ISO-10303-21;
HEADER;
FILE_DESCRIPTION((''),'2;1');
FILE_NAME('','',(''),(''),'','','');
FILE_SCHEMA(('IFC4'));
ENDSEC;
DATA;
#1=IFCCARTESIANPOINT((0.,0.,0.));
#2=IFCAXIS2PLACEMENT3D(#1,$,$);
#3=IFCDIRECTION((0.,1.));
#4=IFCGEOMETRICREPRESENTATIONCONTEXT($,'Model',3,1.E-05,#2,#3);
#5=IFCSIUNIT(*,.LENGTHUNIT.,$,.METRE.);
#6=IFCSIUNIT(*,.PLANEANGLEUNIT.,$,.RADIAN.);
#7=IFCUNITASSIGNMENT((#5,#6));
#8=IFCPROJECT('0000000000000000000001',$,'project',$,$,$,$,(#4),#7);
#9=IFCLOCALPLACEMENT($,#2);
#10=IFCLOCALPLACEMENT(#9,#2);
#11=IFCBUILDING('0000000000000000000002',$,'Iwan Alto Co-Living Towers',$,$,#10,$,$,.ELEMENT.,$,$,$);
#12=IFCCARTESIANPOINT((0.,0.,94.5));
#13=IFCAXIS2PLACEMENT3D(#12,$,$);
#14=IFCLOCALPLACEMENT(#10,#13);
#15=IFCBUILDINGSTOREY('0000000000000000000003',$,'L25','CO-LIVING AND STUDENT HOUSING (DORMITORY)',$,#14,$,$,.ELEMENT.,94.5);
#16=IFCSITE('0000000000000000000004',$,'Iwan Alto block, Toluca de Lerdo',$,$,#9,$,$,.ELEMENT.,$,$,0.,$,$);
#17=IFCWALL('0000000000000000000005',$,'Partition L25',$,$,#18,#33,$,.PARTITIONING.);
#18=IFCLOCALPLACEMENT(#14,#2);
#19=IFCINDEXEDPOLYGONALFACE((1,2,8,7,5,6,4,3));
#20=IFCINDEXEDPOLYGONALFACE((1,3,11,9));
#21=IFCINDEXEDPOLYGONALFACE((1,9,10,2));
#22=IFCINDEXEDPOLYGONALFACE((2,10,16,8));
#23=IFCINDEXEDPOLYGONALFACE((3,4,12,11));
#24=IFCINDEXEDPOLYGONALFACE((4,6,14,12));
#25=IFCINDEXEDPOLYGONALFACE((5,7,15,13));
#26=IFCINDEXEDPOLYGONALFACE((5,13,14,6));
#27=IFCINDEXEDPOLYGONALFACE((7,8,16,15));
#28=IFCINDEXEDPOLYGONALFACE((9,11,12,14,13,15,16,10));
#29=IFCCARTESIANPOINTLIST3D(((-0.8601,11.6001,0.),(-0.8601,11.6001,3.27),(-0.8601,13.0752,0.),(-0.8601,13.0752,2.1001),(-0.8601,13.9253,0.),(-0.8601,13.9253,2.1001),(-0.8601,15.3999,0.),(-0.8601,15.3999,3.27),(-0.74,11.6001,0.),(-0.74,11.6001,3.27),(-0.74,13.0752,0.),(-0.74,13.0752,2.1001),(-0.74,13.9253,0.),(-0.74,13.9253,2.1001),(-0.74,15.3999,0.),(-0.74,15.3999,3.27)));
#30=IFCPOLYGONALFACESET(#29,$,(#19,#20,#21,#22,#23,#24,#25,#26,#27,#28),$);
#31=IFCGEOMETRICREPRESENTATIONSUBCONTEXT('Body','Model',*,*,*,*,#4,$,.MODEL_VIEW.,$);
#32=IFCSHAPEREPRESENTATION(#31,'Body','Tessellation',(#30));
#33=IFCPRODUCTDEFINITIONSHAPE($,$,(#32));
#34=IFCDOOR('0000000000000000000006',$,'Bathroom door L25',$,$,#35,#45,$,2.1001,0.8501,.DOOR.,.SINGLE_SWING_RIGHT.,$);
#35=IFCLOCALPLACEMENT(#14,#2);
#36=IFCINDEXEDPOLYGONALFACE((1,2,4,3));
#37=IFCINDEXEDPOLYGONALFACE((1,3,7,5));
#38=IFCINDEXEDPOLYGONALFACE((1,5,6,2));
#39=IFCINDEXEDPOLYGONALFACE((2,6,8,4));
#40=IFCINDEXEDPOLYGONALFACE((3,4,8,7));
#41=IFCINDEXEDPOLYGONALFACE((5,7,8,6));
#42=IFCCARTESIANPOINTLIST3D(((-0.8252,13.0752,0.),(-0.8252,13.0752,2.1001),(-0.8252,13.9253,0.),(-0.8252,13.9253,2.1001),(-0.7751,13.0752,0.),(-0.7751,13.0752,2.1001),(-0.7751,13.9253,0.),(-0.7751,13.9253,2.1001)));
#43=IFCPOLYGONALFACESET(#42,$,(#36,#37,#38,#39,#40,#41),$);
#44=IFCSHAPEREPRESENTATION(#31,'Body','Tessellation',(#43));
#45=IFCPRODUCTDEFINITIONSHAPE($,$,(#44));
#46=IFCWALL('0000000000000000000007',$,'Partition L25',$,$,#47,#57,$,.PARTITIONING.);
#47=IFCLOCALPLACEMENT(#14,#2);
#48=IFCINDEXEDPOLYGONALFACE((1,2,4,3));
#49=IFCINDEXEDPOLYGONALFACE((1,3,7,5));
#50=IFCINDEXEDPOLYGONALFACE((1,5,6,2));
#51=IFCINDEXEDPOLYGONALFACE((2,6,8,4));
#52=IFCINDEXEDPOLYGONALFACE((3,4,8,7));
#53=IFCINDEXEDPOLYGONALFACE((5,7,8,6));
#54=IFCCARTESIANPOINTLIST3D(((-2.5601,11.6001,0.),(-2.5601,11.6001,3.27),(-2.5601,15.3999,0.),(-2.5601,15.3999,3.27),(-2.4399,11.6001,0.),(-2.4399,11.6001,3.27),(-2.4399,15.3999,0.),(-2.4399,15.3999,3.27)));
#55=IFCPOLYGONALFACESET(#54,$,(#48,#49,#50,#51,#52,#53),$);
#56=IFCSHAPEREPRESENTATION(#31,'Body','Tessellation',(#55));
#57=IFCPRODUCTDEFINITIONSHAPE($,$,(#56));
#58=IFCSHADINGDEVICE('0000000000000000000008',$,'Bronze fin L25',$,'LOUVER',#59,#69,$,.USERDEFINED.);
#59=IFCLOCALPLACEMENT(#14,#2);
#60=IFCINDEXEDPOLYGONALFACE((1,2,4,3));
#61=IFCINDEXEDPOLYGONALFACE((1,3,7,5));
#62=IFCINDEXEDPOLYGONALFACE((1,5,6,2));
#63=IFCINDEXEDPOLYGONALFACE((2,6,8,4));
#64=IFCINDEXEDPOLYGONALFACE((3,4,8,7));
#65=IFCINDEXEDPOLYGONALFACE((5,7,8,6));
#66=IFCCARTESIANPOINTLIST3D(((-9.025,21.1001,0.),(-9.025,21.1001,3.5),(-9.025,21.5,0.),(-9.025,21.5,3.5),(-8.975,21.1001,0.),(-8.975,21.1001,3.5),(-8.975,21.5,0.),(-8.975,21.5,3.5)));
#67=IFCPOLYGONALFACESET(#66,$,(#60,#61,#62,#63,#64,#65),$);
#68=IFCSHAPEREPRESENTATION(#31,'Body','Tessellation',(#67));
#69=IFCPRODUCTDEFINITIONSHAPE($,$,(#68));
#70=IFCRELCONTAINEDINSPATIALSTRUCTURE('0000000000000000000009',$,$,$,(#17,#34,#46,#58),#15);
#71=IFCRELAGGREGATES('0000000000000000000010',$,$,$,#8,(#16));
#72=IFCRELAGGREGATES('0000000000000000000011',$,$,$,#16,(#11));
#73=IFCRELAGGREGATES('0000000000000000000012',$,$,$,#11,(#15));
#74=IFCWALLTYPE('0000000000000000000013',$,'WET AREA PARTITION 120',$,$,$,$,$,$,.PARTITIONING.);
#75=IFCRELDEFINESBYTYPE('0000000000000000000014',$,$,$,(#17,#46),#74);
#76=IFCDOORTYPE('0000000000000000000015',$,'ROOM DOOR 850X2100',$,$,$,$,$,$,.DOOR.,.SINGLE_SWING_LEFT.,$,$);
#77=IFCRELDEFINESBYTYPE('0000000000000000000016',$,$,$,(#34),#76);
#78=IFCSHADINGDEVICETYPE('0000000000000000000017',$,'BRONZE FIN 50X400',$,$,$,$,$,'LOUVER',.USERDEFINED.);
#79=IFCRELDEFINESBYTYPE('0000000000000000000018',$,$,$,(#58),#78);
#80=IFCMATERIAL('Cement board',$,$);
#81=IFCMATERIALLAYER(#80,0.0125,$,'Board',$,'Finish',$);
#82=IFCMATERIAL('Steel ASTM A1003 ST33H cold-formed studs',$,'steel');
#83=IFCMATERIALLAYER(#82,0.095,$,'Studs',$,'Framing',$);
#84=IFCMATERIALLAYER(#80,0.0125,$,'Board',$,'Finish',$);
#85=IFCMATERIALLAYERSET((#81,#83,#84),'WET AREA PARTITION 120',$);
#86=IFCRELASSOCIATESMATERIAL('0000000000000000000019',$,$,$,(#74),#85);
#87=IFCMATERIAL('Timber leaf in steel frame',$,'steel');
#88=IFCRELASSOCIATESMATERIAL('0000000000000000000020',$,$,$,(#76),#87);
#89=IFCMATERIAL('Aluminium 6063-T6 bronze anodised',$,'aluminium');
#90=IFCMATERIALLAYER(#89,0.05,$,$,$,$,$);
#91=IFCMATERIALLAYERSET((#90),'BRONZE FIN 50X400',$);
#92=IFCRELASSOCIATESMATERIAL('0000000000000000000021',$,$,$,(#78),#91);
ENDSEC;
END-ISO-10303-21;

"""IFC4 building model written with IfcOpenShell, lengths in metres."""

from ifc_helpers import new_model, si_unit, direction, frame, frame_2d, origin, origin_2d, place, context, subcontext, project, spatial, rectangle, extrude, material, layer, layer_set, type_object, element, fill, save


model = new_model("IFC4")

# Units and contexts
model_context = context("Model", 3, precision=1e-05, world=origin(), true_north=direction((0.0, 1.0)))
body_context = subcontext(model_context, "Body", "Model", "MODEL_VIEW")
ifc_project = project(units=[si_unit("LENGTHUNIT", "METRE"), si_unit("PLANEANGLEUNIT", "RADIAN")], contexts=[model_context])

# Site, building, storey
site_placement = place(None, origin())
site = spatial("IfcSite", under=ifc_project, at=site_placement, Name="Iwan Alto block, Toluca de Lerdo", CompositionType="ELEMENT", RefElevation=0.0)
building_placement = place(site_placement, origin())
building = spatial("IfcBuilding", under=site, at=building_placement, Name="Iwan Alto Co-Living Towers", CompositionType="ELEMENT")
storey_placement = place(building_placement, frame((0.0, 0.0, 94.5)))
storey = spatial("IfcBuildingStorey", under=building, at=storey_placement, Name="L25", Description="CO-LIVING AND STUDENT HOUSING (DORMITORY)", CompositionType="ELEMENT", Elevation=94.5)

# Shared definitions
ifc_material_1 = material(Name="Steel ASTM A1003 ST33H cold-formed studs", Category="steel")

# Wall, opening, door
ifc_material_2 = material(Name="Cement board")
ifc_layer_1 = layer(ifc_material_2, 0.0125, Name="Board", Category="Finish")
ifc_layer_2 = layer(ifc_material_1, 0.095, Name="Studs", Category="Framing")
ifc_layer_3 = layer(ifc_material_2, 0.0125, Name="Board", Category="Finish")
ifc_layer_set_1 = layer_set([ifc_layer_1, ifc_layer_2, ifc_layer_3], Name="WET AREA PARTITION 120")
wall_type_1 = type_object("IfcWallType", Name="WET AREA PARTITION 120", PredefinedType="PARTITIONING", material=ifc_layer_set_1)
ifc_material_3 = material(Name="Timber leaf in steel frame", Category="steel")
door_type_1 = type_object("IfcDoorType", Name="ROOM DOOR 850X2100", OperationType="SINGLE_SWING_LEFT", PredefinedType="DOOR", material=ifc_material_3)
wall_1_placement = place(storey_placement, frame((-0.8, 11.6001, 0.0), z_axis=(0.0, 0.0, 1.0), x_axis=(0.0, 1.0, 0.0)))
wall_1 = element("IfcWall", 1, at=wall_1_placement, inside=storey, type_object=wall_type_1, Name="Partition L25", PredefinedType="PARTITIONING", context=body_context, shape_type="SweptSolid", body=[
    extrude(rectangle(XDim=3.7998, YDim=0.1201, at=frame_2d((1.8999, 0.0))), origin(), (0.0, 0.0, 1.0), 3.27),
])
opening_1_placement = place(wall_1_placement, frame((1.4751, 0.0, 0.0)))
opening_1 = element("IfcOpeningElement", 2, at=opening_1_placement, cuts=wall_1, PredefinedType="OPENING", context=body_context, shape_type="SweptSolid", body=[
    extrude(rectangle(XDim=0.8501, YDim=2.1001, at=frame_2d((0.425, 1.05))), frame((0.0, 0.0701, 0.0), z_axis=(0.0, -1.0, 0.0), x_axis=(1.0, 0.0, 0.0)), (0.0, 0.0, 1.0), 0.1401),
])
door_1_placement = place(opening_1_placement, frame((0.8501, 0.0, 0.0), z_axis=(0.0, 0.0, 1.0), x_axis=(-1.0, 0.0, 0.0)))
door_1 = element("IfcDoor", 3, at=door_1_placement, inside=storey, type_object=door_type_1, Name="Bathroom door L25", OperationType="SINGLE_SWING_RIGHT", OverallHeight=2.1001, OverallWidth=0.8501, PredefinedType="DOOR", context=body_context, shape_type="SweptSolid", body=[
    extrude(rectangle(XDim=0.8501, YDim=2.1001, at=frame_2d((0.425, 1.05))), frame((0.0, 0.0249, 0.0), z_axis=(0.0, -1.0, 0.0), x_axis=(1.0, 0.0, 0.0)), (0.0, 0.0, 1.0), 0.05),
])
fill(opening_1, door_1)

# Wall
wall_2_placement = place(storey_placement, frame((-2.5, 11.6001, 0.0), z_axis=(0.0, 0.0, 1.0), x_axis=(0.0, 1.0, 0.0)))
element("IfcWall", 4, at=wall_2_placement, inside=storey, type_object=wall_type_1, Name="Partition L25", PredefinedType="PARTITIONING", context=body_context, shape_type="SweptSolid", body=[
    extrude(rectangle(XDim=3.7998, YDim=0.1201, at=frame_2d((1.8999, 0.0))), origin(), (0.0, 0.0, 1.0), 3.27),
])

# Shading device
ifc_material_4 = material(Name="Aluminium 6063-T6 bronze anodised", Category="aluminium")
ifc_layer_4 = layer(ifc_material_4, 0.05)
ifc_layer_set_2 = layer_set([ifc_layer_4], Name="BRONZE FIN 50X400")
shading_device_type = type_object("IfcShadingDeviceType", Name="BRONZE FIN 50X400", ElementType="LOUVER", PredefinedType="USERDEFINED", material=ifc_layer_set_2)
shading_device_placement = place(storey_placement, frame((-9.0, 21.3, 0.0), z_axis=(0.0, 0.0, 1.0), x_axis=(-1.0, 0.0, 0.0)))
element("IfcShadingDevice", 5, at=shading_device_placement, inside=storey, type_object=shading_device_type, Name="Bronze fin L25", ObjectType="LOUVER", PredefinedType="USERDEFINED", context=body_context, shape_type="SweptSolid", body=[
    extrude(rectangle(XDim=0.05, YDim=0.3999, at=origin_2d()), origin(), (0.0, 0.0, 1.0), 3.5),
])

save(model, "model.ifc")
